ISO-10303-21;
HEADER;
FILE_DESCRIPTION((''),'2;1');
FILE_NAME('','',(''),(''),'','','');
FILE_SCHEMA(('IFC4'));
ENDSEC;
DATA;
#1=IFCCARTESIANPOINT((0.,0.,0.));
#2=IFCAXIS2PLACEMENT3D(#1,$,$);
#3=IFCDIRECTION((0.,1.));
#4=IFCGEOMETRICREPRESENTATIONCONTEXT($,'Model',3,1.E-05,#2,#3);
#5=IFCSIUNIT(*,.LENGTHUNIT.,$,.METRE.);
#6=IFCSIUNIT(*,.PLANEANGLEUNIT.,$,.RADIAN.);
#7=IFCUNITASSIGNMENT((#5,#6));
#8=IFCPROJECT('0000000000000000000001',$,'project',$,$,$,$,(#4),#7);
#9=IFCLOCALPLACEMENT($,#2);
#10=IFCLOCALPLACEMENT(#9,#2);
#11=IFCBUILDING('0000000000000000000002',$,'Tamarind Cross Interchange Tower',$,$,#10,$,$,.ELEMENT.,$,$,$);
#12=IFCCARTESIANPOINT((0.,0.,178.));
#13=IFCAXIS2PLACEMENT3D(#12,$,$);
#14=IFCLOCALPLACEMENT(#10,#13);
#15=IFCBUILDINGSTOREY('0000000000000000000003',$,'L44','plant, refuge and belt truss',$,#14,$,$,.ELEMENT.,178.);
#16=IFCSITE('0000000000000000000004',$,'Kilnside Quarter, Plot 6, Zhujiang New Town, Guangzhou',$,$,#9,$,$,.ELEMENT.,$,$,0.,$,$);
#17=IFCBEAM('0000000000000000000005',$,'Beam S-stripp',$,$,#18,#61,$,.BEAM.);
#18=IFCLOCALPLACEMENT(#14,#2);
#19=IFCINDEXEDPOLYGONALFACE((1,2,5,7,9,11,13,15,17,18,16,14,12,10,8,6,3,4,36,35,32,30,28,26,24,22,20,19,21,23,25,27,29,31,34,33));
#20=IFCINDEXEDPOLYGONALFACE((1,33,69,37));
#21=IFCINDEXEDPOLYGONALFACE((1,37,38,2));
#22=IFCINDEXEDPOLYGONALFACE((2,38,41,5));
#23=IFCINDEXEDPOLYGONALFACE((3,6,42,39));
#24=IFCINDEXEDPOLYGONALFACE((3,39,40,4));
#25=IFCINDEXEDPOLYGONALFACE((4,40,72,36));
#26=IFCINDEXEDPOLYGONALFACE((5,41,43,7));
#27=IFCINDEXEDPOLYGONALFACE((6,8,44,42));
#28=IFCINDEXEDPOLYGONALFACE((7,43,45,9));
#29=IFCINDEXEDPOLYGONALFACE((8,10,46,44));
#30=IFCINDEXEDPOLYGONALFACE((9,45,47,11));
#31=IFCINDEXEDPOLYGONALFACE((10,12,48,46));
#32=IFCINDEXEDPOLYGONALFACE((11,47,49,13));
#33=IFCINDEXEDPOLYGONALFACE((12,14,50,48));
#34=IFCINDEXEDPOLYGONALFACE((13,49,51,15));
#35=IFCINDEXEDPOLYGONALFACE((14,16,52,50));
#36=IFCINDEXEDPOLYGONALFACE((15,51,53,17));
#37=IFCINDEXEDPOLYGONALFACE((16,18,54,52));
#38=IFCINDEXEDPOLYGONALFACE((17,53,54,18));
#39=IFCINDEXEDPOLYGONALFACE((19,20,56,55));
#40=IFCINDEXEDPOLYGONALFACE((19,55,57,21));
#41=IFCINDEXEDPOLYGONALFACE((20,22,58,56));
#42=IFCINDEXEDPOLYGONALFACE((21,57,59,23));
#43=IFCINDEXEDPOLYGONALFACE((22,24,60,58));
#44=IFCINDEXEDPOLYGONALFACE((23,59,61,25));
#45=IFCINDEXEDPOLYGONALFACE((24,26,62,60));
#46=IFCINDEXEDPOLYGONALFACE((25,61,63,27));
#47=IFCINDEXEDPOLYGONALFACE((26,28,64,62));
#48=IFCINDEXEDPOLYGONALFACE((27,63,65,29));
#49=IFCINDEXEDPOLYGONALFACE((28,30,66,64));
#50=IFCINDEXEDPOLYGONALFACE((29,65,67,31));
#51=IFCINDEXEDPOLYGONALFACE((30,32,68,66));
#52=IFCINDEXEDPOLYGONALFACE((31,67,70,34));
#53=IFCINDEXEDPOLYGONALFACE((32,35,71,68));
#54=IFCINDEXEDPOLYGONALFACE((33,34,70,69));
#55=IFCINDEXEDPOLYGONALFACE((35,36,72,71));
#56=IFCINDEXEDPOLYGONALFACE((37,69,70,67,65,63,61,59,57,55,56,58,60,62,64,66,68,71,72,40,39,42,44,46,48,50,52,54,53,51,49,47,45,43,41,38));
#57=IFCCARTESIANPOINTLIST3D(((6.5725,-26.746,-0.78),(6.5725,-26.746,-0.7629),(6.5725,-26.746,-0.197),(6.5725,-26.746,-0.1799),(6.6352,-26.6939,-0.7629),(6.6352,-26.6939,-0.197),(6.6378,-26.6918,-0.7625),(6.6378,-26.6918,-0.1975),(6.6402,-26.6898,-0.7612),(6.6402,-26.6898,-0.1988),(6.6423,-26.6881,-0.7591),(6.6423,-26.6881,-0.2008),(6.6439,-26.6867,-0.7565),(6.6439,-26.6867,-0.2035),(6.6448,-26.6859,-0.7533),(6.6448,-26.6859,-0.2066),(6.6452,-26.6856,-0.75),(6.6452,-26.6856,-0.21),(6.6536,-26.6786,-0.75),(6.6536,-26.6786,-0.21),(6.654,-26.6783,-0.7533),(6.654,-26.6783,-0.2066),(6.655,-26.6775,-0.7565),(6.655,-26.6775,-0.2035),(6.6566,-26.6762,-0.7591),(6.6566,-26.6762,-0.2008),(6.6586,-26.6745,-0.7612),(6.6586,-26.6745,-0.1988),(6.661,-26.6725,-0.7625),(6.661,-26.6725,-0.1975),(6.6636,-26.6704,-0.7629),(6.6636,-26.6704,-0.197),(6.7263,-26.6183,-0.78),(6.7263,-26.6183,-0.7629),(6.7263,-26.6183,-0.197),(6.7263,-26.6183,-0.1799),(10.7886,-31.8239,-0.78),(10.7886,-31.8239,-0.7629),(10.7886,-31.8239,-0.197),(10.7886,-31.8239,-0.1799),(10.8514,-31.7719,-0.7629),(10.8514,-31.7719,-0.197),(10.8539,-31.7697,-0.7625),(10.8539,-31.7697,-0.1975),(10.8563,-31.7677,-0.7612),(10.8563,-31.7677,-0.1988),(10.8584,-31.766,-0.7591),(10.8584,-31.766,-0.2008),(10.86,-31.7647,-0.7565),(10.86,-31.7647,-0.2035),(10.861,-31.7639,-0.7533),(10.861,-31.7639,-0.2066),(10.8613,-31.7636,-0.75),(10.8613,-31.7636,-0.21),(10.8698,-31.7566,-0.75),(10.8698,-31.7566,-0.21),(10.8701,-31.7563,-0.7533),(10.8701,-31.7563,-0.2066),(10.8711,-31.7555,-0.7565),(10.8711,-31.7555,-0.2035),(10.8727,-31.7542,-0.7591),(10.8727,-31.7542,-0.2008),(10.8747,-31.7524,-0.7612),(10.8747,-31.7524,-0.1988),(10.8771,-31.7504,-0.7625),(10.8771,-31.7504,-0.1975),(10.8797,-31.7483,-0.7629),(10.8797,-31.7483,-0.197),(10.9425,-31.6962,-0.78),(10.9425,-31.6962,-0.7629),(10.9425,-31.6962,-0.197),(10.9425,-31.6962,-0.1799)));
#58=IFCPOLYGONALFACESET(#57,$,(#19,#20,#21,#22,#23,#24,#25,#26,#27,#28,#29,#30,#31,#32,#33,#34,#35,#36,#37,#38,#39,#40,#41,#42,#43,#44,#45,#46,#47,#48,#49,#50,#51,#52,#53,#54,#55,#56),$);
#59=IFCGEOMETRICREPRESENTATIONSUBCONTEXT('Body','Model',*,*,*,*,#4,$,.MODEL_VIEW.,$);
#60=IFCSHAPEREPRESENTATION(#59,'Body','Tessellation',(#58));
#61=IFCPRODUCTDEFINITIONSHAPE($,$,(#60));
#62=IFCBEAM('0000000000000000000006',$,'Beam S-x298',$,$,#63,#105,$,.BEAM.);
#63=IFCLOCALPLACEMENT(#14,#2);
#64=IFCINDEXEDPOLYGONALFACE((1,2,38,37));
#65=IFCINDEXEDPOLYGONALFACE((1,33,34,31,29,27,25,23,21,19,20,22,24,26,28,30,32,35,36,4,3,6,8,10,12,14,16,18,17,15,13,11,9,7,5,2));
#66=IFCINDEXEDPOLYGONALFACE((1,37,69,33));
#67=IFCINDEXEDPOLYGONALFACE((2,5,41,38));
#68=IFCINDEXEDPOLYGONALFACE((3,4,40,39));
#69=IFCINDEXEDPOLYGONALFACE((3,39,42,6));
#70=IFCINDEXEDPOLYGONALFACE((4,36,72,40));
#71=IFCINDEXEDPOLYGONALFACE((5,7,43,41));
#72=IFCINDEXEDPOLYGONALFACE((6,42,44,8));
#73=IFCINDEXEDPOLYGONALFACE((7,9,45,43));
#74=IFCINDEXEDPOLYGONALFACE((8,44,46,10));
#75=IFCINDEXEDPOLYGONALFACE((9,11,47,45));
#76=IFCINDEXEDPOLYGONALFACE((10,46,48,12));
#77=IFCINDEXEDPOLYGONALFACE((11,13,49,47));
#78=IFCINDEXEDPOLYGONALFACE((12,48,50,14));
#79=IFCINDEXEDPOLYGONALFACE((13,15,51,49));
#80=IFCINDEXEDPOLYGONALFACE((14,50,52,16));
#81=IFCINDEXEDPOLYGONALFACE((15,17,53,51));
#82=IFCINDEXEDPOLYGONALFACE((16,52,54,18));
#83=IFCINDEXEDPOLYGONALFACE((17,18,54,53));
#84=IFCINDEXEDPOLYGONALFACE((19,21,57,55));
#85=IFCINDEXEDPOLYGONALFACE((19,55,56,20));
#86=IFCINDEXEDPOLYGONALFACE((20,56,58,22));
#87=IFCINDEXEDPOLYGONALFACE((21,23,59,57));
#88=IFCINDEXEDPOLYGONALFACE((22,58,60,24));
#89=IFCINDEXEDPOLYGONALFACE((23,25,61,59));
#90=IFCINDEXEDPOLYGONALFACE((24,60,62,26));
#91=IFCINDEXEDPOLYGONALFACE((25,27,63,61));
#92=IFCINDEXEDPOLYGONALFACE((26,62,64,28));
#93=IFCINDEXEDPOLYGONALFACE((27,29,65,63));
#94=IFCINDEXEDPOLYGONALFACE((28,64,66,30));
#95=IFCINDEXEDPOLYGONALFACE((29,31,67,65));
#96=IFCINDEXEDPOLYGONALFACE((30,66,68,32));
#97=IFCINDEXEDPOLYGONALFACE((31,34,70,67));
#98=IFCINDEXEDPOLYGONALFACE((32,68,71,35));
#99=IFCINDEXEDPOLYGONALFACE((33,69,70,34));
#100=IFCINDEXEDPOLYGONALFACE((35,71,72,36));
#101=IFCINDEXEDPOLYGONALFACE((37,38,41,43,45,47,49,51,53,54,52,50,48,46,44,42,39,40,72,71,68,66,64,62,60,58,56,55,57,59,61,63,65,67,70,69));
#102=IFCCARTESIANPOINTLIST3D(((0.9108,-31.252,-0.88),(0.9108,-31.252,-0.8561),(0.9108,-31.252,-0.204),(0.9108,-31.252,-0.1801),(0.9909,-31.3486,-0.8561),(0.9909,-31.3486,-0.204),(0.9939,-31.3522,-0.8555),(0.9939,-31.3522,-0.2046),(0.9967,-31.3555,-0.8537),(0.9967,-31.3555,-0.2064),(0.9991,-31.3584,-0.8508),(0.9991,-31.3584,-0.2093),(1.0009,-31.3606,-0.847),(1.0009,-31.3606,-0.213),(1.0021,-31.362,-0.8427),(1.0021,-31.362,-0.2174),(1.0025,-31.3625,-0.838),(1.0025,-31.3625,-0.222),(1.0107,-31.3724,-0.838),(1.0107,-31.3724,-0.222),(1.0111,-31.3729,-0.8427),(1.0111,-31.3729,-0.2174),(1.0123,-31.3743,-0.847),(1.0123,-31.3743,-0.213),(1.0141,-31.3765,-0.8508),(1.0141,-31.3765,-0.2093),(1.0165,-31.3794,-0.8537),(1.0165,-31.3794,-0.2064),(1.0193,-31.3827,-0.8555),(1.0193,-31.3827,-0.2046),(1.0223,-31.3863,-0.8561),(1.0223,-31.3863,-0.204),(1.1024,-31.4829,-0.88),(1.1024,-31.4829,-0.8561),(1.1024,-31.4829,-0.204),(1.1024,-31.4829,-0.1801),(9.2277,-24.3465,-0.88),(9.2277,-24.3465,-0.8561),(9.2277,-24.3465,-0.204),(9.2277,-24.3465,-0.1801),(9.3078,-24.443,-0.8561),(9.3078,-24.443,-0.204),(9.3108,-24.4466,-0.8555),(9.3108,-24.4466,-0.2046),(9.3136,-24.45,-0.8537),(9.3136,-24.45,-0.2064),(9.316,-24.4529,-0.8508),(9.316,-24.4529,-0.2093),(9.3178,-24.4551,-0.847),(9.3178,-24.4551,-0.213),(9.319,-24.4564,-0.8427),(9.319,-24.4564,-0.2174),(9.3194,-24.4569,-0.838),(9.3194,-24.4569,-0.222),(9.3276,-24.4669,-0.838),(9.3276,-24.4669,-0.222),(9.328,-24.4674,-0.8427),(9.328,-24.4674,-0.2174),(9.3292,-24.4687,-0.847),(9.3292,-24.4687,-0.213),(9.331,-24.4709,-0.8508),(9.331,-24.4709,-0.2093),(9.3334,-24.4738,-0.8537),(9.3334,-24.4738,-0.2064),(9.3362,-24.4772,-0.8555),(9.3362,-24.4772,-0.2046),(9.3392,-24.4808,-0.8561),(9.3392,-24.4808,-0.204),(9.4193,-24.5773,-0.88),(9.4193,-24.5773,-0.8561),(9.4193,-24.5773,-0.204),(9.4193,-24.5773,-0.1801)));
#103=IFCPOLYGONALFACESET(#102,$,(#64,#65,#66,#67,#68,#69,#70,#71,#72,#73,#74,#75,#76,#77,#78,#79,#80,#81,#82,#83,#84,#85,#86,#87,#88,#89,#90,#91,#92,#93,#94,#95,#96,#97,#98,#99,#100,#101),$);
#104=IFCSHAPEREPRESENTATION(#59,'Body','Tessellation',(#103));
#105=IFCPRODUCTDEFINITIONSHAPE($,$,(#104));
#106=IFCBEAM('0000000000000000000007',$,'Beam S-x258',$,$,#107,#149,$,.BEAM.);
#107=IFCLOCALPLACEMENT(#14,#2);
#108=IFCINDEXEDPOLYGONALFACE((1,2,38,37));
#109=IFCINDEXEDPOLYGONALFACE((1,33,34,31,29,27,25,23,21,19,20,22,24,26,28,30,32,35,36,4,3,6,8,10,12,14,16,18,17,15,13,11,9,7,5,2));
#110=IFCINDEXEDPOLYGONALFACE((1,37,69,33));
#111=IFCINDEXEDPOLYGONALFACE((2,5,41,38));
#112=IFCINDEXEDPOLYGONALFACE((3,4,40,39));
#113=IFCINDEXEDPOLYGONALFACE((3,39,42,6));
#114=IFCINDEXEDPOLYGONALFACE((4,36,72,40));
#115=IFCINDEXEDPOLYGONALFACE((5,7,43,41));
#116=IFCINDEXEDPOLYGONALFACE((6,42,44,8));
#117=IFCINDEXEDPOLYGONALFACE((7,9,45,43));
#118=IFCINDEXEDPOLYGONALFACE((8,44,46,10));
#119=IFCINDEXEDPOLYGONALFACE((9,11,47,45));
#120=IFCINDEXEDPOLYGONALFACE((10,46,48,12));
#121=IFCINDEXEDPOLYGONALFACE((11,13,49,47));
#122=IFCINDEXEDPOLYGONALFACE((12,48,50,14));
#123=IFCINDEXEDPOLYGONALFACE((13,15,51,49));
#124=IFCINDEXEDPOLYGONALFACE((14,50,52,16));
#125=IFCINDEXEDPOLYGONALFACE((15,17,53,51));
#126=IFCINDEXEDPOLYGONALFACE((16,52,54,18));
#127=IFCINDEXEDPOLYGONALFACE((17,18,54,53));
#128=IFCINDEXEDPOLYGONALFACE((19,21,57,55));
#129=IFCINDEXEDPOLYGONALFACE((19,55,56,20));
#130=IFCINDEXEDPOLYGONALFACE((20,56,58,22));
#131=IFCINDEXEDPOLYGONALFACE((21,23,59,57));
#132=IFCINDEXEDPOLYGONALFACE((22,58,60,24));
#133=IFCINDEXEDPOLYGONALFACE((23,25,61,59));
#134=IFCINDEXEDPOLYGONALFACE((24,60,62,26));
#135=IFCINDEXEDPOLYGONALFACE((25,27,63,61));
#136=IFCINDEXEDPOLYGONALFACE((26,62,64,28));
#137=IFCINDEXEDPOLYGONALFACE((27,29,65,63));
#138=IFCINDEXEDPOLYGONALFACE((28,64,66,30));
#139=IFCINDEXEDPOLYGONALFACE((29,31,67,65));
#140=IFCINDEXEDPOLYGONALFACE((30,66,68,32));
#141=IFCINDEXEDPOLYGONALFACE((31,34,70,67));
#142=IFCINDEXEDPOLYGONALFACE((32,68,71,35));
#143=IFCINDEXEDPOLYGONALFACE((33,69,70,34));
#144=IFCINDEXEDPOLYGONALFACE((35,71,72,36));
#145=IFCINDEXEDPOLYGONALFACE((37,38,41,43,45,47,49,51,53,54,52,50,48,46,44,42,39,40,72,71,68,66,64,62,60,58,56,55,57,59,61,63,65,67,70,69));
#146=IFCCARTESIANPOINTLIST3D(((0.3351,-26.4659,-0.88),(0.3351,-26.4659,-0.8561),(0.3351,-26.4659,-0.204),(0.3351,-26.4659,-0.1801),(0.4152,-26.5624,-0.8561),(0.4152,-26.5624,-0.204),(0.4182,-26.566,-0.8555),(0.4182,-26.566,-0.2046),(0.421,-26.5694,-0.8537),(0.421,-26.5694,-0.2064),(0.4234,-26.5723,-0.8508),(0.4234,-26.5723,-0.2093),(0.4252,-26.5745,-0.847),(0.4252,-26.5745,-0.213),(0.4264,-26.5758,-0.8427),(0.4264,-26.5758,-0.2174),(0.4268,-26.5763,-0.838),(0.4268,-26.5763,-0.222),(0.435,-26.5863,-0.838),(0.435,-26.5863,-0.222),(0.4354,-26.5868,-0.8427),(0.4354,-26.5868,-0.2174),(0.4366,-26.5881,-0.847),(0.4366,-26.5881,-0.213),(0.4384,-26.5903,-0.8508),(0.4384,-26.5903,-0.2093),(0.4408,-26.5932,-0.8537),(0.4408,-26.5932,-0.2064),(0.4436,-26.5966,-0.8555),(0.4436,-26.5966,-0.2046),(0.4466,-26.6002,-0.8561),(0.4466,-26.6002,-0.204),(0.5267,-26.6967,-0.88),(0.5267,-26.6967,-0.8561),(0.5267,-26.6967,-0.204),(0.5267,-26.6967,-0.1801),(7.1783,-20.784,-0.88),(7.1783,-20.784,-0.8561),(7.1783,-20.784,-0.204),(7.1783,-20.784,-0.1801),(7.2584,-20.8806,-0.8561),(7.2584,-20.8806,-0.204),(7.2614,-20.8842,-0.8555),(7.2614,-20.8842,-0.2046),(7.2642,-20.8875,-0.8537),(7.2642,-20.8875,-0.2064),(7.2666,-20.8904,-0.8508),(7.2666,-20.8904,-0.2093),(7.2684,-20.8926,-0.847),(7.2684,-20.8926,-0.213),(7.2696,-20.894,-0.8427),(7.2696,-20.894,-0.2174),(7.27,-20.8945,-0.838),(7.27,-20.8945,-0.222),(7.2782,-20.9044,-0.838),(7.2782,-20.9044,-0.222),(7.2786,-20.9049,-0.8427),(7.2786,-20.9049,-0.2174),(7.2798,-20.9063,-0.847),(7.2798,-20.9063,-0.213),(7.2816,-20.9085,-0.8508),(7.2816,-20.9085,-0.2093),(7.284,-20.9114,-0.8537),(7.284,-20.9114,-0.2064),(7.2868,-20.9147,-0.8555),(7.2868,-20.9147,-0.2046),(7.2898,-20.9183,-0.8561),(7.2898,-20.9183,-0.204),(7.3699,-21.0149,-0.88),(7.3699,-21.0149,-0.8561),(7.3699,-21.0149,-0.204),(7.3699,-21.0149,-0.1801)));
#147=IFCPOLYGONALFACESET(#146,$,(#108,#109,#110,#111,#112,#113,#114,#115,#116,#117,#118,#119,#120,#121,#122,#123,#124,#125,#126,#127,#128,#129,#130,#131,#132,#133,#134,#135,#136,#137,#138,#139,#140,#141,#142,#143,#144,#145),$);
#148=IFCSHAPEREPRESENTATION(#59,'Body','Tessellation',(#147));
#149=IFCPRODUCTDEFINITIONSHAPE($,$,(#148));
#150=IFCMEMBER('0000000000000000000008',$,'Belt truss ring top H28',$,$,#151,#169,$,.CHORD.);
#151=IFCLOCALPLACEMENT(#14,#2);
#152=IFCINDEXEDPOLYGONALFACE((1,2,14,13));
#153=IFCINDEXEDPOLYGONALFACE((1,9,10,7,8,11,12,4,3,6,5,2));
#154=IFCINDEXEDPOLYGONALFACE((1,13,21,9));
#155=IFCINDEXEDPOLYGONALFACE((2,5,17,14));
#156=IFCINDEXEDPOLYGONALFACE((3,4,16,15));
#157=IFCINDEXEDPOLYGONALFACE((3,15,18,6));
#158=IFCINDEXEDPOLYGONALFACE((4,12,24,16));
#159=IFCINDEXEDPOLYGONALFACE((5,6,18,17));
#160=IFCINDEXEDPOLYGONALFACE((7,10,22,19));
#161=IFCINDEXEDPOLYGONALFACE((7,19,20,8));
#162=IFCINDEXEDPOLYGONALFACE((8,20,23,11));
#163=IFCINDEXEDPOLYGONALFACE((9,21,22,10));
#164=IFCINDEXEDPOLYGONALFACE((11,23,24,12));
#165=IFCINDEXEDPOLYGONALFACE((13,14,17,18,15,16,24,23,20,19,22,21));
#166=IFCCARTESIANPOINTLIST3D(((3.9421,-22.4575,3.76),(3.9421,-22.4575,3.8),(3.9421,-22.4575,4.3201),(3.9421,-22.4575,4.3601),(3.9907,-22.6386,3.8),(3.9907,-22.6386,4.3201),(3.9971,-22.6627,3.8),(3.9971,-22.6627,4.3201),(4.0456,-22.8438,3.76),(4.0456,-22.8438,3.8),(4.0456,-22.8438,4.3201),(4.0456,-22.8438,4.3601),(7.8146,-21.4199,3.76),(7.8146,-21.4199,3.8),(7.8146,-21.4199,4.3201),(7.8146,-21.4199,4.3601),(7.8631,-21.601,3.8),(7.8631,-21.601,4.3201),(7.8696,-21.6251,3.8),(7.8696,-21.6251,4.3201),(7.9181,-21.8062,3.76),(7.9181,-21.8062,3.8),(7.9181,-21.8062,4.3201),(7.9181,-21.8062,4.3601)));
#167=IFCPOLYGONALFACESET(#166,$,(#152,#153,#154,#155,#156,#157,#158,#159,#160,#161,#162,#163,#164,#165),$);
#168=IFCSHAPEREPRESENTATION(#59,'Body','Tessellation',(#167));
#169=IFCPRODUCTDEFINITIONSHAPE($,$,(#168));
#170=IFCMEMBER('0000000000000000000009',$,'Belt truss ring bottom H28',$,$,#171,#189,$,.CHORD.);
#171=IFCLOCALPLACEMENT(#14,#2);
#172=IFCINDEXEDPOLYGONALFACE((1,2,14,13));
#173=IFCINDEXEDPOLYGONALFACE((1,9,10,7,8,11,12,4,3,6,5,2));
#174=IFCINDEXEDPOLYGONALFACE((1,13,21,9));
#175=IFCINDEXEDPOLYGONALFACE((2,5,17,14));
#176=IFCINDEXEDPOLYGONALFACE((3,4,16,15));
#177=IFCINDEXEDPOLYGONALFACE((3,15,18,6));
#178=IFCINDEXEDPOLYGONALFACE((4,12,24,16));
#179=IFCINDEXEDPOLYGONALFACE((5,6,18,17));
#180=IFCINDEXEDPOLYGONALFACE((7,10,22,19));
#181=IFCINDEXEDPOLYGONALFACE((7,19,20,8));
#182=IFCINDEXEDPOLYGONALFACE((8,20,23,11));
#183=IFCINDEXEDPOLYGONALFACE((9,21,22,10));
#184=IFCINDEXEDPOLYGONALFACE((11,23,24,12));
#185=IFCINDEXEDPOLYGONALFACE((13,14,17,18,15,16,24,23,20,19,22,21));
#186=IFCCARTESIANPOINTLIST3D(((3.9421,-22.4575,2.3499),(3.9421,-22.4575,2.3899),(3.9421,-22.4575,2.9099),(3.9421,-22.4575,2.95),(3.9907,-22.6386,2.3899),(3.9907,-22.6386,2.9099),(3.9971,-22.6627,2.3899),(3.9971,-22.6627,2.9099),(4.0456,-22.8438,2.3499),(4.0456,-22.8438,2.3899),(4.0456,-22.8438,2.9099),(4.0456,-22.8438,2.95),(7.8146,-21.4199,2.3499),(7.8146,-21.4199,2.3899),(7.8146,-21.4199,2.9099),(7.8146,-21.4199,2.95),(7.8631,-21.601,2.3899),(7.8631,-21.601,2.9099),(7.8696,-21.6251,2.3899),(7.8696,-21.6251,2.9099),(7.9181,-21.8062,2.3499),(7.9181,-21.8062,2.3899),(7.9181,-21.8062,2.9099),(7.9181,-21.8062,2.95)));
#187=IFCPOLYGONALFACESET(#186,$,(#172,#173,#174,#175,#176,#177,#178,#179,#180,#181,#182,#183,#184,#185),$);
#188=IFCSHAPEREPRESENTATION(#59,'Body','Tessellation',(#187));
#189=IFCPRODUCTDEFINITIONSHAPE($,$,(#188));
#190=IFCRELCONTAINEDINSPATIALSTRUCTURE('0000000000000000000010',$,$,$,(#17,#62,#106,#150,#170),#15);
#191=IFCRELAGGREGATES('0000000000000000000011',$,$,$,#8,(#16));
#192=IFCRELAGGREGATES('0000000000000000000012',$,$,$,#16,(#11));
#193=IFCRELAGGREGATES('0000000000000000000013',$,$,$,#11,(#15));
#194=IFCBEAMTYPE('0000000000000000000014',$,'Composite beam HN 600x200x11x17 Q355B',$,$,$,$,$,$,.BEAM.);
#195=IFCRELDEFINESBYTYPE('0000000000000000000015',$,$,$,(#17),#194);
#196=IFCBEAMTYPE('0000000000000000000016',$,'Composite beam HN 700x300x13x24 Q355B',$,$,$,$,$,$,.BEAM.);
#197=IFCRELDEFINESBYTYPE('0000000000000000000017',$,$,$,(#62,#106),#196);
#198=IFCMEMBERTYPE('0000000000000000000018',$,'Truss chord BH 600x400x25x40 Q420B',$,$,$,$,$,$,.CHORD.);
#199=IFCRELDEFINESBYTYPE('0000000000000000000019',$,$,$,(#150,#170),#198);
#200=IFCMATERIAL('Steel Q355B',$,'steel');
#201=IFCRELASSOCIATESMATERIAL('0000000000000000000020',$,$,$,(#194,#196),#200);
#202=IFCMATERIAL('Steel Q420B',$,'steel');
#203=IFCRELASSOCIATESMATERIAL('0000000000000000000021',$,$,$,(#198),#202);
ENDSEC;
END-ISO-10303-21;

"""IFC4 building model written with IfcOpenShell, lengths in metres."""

from ifc_helpers import new_model, si_unit, direction, frame, origin, origin_2d, place, context, subcontext, project, spatial, i_section, extrude, material, material_profile, profile_set, type_object, element, save


model = new_model("IFC4")

# Units and contexts
model_context = context("Model", 3, precision=1e-05, world=origin(), true_north=direction((0.0, 1.0)))
body_context = subcontext(model_context, "Body", "Model", "MODEL_VIEW")
ifc_project = project(units=[si_unit("LENGTHUNIT", "METRE"), si_unit("PLANEANGLEUNIT", "RADIAN")], contexts=[model_context])

# Site, building, storey
site_placement = place(None, origin())
site = spatial("IfcSite", under=ifc_project, at=site_placement, Name="Kilnside Quarter, Plot 6, Zhujiang New Town, Guangzhou", CompositionType="ELEMENT", RefElevation=0.0)
building_placement = place(site_placement, origin())
building = spatial("IfcBuilding", under=site, at=building_placement, Name="Tamarind Cross Interchange Tower", CompositionType="ELEMENT")
storey_placement = place(building_placement, frame((0.0, 0.0, 178.0)))
storey = spatial("IfcBuildingStorey", under=building, at=storey_placement, Name="L44", Description="plant, refuge and belt truss", CompositionType="ELEMENT", Elevation=178.0)

# Beams
ifc_material_1 = material(Name="Steel Q355B", Category="steel")
ifc_material_profile_1 = material_profile(ifc_material_1, i_section(OverallWidth=0.2, OverallDepth=0.6001, WebThickness=0.011, FlangeThickness=0.0171, FilletRadius=0.0129, at=origin_2d()), Name="HN 600x200x11x17")
ifc_profile_set_1 = profile_set([ifc_material_profile_1], Name="Steel Q355B")
beam_type_1 = type_object("IfcBeamType", Name="Composite beam HN 600x200x11x17 Q355B", PredefinedType="BEAM", material=ifc_profile_set_1)
for number, where, z_axis, x_axis, name in (
    (1, (6.6494, -26.6821, -0.48), (0.638797, -0.769375, 0.0), (0.769375, 0.638797, 0.0), "Beam S-stripp"),
):
    element("IfcBeam", number, at=place(storey_placement, frame(where, z_axis=z_axis, x_axis=x_axis)), inside=storey, type_object=beam_type_1, Name=name, PredefinedType="BEAM", context=body_context, shape_type="SweptSolid", body=[
        extrude(i_section(OverallWidth=0.2, OverallDepth=0.6001, WebThickness=0.011, FlangeThickness=0.0171, FilletRadius=0.0129, at=origin_2d()), origin(), (0.0, 0.0, 1.0), 6.6001),
    ])
ifc_material_profile_2 = material_profile(ifc_material_1, i_section(OverallWidth=0.3, OverallDepth=0.7, WebThickness=0.0129, FlangeThickness=0.0239, FilletRadius=0.0181, at=origin_2d()), Name="HN 700x300x13x24")
ifc_profile_set_2 = profile_set([ifc_material_profile_2], Name="Steel Q355B")
beam_type_2 = type_object("IfcBeamType", Name="Composite beam HN 700x300x13x24 Q355B", PredefinedType="BEAM", material=ifc_profile_set_2)
beam_1_placement = place(storey_placement, frame((1.0066, -31.3674, -0.53), z_axis=(0.769368, 0.638806, 0.0), x_axis=(-0.638806, 0.769368, 0.0)))
element("IfcBeam", 2, at=beam_1_placement, inside=storey, type_object=beam_type_2, Name="Beam S-x298", PredefinedType="BEAM", context=body_context, shape_type="SweptSolid", body=[
    extrude(i_section(OverallWidth=0.3, OverallDepth=0.7, WebThickness=0.0129, FlangeThickness=0.0239, FilletRadius=0.0181, at=origin_2d()), origin(), (0.0, 0.0, 1.0), 10.8101),
])
beam_2_placement = place(storey_placement, frame((0.4309, -26.5813, -0.53), z_axis=(0.769372, 0.638801, 0.0), x_axis=(-0.638801, 0.769372, 0.0)))
element("IfcBeam", 3, at=beam_2_placement, inside=storey, type_object=beam_type_2, Name="Beam S-x258", PredefinedType="BEAM", context=body_context, shape_type="SweptSolid", body=[
    extrude(i_section(OverallWidth=0.3, OverallDepth=0.7, WebThickness=0.0129, FlangeThickness=0.0239, FilletRadius=0.0181, at=origin_2d()), origin(), (0.0, 0.0, 1.0), 8.8945),
])

# Members
ifc_material_2 = material(Name="Steel Q420B", Category="steel")
ifc_material_profile_3 = material_profile(ifc_material_2, i_section(OverallWidth=0.3999, OverallDepth=0.6001, WebThickness=0.0249, FlangeThickness=0.04, at=origin_2d()), Name="BH 600x400x25x40")
ifc_profile_set_3 = profile_set([ifc_material_profile_3], Name="Steel Q420B")
member_type_1 = type_object("IfcMemberType", Name="Truss chord BH 600x400x25x40 Q420B", PredefinedType="CHORD", material=ifc_profile_set_3)
for number, where, z_axis, x_axis, name in (
    (4, (3.9939, -22.6506, 4.0601), (0.965929, 0.258807, 0.0), (-0.258807, 0.965929, 0.0), "Belt truss ring top H28"),
    (5, (3.9939, -22.6506, 2.6499), (0.965929, 0.258807, 0.0), (-0.258807, 0.965929, 0.0), "Belt truss ring bottom H28"),
):
    element("IfcMember", number, at=place(storey_placement, frame(where, z_axis=z_axis, x_axis=x_axis)), inside=storey, type_object=member_type_1, Name=name, PredefinedType="CHORD", context=body_context, shape_type="SweptSolid", body=[
        extrude(i_section(OverallWidth=0.3999, OverallDepth=0.6001, WebThickness=0.0249, FlangeThickness=0.04, at=origin_2d()), origin(), (0.0, 0.0, 1.0), 4.009),
    ])

save(model, "model.ifc")
